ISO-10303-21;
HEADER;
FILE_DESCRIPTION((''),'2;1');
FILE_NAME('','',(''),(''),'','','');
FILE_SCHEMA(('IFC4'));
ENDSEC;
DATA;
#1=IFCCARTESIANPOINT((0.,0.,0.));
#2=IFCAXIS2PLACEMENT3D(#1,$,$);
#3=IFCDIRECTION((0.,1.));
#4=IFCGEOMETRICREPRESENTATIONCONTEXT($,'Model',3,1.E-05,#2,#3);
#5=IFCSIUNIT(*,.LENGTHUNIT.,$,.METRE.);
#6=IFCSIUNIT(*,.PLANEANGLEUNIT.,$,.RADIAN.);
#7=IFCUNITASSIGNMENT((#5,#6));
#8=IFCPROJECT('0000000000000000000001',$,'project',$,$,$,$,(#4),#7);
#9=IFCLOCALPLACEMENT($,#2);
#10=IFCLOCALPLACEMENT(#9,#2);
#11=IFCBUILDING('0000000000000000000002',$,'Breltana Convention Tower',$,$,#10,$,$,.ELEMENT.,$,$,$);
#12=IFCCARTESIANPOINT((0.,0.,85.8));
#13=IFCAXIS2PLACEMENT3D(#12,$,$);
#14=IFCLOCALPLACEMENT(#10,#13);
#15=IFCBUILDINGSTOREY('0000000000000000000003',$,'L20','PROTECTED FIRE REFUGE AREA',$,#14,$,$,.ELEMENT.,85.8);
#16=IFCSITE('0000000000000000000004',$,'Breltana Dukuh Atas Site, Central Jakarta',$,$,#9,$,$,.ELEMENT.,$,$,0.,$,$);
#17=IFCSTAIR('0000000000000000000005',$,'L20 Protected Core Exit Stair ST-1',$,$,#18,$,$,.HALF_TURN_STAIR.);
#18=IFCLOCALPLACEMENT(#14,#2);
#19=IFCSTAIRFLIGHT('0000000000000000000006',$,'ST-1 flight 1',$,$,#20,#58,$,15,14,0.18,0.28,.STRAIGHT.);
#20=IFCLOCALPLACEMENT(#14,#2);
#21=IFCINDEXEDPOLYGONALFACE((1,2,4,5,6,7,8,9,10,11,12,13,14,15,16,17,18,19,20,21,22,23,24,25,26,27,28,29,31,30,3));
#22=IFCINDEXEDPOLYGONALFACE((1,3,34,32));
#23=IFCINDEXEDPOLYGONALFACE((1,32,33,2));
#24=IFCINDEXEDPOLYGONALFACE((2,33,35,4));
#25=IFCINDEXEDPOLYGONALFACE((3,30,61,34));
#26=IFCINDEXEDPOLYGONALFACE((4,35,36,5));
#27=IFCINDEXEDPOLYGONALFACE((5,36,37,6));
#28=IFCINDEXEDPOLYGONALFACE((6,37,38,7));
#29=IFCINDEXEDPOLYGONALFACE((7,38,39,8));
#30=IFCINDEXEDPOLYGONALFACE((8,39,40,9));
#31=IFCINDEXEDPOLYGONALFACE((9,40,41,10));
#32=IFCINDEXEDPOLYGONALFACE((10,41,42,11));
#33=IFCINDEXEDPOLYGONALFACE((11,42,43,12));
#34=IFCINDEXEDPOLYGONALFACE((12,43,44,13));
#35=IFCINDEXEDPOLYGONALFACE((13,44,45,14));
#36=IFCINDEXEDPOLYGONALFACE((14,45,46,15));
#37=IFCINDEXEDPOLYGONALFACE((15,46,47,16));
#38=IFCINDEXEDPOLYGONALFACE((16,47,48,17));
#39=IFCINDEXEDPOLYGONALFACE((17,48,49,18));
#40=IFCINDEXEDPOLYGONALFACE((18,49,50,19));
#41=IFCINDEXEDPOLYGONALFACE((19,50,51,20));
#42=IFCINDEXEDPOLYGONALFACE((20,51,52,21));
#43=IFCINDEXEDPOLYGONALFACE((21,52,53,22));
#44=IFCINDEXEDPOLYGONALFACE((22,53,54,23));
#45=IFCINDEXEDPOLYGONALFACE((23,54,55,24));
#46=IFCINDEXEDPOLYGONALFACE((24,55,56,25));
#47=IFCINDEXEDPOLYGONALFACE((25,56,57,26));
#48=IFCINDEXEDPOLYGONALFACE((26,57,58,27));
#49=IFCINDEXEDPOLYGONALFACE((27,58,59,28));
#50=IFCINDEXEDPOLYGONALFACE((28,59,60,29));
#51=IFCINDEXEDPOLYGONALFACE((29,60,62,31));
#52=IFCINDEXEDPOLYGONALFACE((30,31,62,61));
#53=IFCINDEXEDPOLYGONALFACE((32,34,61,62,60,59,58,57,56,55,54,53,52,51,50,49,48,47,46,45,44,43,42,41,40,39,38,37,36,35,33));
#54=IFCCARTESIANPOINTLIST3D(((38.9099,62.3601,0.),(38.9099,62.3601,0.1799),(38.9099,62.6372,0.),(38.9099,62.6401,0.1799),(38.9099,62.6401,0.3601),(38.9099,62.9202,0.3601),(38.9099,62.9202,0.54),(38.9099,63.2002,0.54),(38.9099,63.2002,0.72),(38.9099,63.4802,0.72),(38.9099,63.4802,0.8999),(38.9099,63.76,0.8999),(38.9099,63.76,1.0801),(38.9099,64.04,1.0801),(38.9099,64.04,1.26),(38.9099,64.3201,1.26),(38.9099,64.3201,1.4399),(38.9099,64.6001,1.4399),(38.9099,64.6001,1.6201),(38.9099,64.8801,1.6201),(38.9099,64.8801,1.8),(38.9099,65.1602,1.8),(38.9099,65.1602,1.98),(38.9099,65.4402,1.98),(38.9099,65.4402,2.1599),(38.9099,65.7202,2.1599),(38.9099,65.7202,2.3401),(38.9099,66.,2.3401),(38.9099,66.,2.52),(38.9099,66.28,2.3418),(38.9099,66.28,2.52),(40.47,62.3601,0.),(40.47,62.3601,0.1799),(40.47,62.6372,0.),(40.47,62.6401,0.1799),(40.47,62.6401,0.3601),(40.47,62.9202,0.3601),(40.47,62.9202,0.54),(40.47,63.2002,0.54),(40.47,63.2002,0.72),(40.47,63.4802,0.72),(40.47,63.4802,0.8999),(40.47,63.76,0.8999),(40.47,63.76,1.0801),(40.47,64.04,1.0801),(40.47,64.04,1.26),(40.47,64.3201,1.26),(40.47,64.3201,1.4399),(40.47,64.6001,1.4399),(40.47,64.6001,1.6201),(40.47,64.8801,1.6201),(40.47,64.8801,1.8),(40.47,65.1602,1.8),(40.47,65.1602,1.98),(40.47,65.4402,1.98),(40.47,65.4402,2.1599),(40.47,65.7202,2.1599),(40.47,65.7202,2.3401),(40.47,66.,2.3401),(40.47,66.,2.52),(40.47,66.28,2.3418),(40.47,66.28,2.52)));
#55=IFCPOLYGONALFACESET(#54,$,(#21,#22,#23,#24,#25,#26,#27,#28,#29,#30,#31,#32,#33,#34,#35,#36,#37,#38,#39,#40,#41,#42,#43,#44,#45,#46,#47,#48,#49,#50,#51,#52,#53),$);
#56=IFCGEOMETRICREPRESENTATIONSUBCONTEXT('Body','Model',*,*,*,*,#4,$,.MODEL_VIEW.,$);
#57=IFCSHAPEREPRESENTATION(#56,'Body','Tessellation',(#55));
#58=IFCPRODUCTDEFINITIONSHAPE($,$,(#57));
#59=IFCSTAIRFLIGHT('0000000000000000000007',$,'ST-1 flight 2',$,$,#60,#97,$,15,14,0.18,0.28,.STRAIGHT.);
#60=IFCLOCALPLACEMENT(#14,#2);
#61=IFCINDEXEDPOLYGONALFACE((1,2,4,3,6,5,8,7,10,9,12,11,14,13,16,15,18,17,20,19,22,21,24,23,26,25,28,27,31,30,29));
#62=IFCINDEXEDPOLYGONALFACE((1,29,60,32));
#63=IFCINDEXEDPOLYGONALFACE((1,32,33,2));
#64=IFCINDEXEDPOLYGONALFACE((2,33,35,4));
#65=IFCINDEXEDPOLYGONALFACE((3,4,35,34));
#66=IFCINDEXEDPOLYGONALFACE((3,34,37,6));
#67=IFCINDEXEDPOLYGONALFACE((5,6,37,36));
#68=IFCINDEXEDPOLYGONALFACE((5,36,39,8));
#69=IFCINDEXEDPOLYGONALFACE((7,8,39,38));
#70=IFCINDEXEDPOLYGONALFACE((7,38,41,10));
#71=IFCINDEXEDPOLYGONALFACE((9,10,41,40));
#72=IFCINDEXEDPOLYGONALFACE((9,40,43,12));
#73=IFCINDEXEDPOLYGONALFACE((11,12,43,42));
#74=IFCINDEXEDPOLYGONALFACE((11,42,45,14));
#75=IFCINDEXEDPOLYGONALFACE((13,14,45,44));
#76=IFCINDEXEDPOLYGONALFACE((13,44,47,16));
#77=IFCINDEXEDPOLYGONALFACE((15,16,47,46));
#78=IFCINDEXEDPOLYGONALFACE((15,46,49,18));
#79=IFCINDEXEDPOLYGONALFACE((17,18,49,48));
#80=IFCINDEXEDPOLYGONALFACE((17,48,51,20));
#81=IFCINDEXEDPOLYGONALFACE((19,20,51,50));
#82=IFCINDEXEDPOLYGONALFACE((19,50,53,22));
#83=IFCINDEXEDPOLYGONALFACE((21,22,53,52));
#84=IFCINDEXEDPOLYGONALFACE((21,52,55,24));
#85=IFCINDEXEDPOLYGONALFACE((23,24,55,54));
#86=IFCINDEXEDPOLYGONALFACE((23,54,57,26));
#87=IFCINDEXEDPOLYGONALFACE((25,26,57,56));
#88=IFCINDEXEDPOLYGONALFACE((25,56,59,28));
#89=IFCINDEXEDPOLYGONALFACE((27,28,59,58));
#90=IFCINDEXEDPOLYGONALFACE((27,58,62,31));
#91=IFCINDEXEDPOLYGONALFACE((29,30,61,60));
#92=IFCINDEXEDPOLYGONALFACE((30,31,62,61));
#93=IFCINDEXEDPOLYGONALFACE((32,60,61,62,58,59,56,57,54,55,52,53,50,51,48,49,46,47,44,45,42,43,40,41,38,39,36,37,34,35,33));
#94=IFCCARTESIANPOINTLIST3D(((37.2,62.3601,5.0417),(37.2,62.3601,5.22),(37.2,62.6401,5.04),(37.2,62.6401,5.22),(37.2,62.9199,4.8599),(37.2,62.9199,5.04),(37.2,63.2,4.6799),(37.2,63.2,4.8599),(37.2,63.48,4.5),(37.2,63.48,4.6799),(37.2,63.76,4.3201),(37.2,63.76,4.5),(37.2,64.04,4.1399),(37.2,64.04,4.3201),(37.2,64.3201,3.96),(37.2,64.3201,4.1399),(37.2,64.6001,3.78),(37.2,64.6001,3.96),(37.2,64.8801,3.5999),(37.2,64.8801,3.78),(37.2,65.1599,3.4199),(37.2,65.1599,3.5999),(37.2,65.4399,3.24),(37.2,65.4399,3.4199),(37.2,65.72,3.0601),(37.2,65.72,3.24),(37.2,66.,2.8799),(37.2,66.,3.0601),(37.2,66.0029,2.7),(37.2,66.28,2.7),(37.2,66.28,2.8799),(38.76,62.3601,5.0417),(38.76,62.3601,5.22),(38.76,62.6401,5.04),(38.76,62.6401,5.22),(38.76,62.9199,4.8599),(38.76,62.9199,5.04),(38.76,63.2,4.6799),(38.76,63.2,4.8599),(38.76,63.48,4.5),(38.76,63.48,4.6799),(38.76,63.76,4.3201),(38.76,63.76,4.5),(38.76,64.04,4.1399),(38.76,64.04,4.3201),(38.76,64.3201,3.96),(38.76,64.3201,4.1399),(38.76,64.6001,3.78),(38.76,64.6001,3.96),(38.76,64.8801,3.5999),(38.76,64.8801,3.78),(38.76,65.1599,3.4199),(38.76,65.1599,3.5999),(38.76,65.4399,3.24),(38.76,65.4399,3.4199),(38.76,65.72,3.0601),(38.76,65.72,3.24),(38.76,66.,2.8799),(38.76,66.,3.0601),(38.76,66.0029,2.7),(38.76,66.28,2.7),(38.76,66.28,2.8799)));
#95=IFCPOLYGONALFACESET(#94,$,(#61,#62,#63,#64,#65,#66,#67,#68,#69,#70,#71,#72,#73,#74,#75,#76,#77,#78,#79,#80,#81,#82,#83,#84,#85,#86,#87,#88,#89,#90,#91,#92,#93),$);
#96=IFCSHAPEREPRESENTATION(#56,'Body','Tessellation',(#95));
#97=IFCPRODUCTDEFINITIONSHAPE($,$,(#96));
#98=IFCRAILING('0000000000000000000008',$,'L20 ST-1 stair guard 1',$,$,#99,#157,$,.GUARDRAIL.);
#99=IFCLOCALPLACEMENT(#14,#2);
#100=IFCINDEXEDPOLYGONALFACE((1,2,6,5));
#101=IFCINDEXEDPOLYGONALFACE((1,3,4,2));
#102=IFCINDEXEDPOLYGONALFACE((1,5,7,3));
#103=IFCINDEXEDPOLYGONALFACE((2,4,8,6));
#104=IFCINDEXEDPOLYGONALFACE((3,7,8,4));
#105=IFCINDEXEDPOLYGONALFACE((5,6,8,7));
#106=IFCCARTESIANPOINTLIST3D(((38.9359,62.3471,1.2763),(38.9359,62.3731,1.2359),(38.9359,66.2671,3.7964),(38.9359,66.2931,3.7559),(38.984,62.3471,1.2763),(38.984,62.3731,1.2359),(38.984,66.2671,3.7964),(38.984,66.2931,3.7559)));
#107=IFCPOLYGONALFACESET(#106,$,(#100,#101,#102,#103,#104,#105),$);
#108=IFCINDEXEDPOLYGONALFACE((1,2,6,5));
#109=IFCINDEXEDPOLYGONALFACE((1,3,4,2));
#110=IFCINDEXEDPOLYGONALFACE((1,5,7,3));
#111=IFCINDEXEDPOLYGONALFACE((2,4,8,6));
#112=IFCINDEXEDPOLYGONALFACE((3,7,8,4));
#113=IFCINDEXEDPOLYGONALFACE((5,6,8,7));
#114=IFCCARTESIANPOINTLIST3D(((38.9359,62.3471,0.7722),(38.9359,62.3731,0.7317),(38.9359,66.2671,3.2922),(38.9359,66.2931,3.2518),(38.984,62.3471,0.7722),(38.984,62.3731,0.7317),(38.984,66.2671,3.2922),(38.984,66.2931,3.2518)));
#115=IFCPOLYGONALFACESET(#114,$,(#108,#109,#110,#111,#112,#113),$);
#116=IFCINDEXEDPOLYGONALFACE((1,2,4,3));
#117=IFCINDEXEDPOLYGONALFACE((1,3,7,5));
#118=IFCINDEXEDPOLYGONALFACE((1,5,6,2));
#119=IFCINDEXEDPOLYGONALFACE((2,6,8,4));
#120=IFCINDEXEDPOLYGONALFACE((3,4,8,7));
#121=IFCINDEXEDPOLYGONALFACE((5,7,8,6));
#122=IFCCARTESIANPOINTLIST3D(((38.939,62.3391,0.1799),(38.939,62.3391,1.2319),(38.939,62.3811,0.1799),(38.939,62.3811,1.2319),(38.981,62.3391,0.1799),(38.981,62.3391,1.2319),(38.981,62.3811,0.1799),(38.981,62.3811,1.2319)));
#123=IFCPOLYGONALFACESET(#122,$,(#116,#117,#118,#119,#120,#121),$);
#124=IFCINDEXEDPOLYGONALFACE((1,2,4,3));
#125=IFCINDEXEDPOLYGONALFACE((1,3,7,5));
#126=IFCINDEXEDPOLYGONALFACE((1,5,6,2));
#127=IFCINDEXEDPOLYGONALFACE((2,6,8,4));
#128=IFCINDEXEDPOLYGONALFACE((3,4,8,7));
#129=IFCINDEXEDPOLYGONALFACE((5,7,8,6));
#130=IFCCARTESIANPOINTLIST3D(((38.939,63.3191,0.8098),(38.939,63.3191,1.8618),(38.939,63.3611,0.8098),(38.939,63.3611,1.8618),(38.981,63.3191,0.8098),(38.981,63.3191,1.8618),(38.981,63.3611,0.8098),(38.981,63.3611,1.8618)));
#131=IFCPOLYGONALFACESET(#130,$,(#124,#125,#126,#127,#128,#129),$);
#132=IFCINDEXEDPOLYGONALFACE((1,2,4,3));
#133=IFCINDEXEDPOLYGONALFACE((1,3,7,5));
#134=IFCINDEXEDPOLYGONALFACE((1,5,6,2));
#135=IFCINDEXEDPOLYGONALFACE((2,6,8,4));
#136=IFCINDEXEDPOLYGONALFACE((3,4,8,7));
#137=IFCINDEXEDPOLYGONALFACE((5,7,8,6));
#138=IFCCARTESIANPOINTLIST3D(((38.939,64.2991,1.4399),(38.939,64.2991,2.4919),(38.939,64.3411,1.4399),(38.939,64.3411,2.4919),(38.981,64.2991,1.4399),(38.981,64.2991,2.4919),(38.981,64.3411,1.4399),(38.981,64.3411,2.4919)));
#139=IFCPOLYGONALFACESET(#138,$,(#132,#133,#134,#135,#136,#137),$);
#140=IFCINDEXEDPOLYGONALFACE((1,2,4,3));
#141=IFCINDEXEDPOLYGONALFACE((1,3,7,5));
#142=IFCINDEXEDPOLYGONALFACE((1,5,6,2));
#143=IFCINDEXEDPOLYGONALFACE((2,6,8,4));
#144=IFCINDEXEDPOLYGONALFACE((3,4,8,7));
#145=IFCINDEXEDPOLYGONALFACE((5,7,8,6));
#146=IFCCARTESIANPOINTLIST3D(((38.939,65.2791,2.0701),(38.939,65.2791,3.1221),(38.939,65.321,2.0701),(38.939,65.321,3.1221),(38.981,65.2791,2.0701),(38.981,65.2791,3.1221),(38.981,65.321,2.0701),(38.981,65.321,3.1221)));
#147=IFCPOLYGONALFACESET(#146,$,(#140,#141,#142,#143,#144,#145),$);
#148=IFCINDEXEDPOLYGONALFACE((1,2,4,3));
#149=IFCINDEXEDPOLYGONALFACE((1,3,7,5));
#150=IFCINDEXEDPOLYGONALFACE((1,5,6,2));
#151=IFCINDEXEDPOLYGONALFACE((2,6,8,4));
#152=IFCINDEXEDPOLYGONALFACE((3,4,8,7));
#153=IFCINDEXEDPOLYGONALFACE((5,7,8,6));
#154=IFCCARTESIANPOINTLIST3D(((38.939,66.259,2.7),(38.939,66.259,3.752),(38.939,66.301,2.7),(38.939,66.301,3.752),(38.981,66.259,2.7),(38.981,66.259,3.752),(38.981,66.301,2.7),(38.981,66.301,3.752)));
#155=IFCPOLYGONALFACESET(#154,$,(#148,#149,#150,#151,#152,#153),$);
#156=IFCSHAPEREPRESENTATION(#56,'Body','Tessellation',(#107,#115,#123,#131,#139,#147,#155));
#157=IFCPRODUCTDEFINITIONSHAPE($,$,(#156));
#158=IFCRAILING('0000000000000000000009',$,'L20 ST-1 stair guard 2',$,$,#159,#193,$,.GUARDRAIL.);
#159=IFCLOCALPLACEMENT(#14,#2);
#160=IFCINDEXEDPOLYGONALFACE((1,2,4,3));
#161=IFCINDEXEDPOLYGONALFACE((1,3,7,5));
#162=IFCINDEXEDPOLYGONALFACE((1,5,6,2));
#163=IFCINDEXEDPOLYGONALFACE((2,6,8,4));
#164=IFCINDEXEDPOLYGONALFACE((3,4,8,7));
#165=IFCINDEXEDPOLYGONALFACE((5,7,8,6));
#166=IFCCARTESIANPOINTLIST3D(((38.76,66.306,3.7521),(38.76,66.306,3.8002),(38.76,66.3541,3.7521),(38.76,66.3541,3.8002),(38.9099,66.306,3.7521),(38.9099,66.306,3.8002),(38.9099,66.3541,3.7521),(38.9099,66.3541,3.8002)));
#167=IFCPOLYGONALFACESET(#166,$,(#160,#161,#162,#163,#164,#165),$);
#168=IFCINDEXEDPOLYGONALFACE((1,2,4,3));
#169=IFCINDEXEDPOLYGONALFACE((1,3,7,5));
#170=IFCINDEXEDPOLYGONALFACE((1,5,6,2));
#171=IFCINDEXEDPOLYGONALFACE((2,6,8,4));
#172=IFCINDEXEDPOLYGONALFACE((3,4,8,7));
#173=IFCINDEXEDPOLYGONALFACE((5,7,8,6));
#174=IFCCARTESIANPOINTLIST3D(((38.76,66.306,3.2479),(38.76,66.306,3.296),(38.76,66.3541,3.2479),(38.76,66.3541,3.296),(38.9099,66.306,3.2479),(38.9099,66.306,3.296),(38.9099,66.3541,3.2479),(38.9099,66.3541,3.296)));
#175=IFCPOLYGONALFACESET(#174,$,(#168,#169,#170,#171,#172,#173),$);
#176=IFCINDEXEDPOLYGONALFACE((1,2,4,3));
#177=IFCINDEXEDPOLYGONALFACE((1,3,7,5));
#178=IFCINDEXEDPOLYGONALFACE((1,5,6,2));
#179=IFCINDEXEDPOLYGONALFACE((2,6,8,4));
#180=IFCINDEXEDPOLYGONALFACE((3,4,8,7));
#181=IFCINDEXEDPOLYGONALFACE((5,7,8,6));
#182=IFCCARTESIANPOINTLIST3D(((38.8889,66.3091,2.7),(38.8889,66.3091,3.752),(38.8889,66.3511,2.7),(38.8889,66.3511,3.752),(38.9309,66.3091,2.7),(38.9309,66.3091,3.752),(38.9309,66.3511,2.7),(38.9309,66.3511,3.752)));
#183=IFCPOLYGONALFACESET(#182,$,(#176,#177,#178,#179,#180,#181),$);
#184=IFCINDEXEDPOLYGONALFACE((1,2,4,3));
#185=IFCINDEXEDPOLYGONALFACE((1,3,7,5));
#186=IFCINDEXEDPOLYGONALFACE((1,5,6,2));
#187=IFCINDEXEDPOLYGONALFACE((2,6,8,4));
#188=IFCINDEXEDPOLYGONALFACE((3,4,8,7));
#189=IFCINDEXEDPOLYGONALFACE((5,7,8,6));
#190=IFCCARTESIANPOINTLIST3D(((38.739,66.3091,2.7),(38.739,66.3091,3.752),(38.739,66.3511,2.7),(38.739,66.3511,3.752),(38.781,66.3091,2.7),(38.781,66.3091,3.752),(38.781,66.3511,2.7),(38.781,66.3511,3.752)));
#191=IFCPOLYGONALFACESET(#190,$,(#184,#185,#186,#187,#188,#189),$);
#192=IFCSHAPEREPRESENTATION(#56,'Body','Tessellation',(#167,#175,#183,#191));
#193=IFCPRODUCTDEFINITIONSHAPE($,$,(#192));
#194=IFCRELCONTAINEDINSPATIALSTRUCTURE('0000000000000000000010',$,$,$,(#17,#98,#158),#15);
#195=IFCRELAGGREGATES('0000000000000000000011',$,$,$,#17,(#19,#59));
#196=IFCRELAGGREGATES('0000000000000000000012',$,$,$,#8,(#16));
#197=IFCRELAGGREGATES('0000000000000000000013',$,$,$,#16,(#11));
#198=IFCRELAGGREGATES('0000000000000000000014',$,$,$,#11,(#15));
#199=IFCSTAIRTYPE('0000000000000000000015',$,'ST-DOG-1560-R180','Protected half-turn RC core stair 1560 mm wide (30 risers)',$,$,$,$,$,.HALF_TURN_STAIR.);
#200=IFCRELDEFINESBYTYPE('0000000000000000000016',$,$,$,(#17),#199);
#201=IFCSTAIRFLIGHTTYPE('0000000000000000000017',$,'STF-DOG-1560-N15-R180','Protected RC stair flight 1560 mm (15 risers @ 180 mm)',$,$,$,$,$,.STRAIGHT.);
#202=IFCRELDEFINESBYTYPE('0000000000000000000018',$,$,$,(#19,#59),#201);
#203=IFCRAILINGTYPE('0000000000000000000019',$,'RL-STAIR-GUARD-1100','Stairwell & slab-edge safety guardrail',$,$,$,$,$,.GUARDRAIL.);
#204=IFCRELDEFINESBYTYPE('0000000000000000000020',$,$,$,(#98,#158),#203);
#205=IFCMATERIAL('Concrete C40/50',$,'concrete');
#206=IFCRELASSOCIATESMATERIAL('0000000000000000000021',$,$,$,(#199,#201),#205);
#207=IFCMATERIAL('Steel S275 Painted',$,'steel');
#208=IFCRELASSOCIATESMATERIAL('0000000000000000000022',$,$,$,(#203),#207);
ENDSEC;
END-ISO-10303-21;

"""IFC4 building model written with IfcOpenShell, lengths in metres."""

from ifc_helpers import new_model, si_unit, direction, frame, origin, origin_2d, place, context, subcontext, project, spatial, polyline, rectangle, outline, extrude, material, type_object, element, aggregate, save


model = new_model("IFC4")

# Units and contexts
model_context = context("Model", 3, precision=1e-05, world=origin(), true_north=direction((0.0, 1.0)))
body_context = subcontext(model_context, "Body", "Model", "MODEL_VIEW")
ifc_project = project(units=[si_unit("LENGTHUNIT", "METRE"), si_unit("PLANEANGLEUNIT", "RADIAN")], contexts=[model_context])

# Site, building, storey
site_placement = place(None, origin())
site = spatial("IfcSite", under=ifc_project, at=site_placement, Name="Breltana Dukuh Atas Site, Central Jakarta", CompositionType="ELEMENT", RefElevation=0.0)
building_placement = place(site_placement, origin())
building = spatial("IfcBuilding", under=site, at=building_placement, Name="Breltana Convention Tower", CompositionType="ELEMENT")
storey_placement = place(building_placement, frame((0.0, 0.0, 85.8)))
storey = spatial("IfcBuildingStorey", under=building, at=storey_placement, Name="L20", Description="PROTECTED FIRE REFUGE AREA", CompositionType="ELEMENT", Elevation=85.8)

# Stair, stair flights
ifc_material_1 = material(Name="Concrete C40/50", Category="concrete")
stair_type = type_object("IfcStairType", Name="ST-DOG-1560-R180", Description="Protected half-turn RC core stair 1560 mm wide (30 risers)", PredefinedType="HALF_TURN_STAIR", material=ifc_material_1)
stair_placement = place(storey_placement, origin())
stair = element("IfcStair", 1, at=stair_placement, inside=storey, type_object=stair_type, Name="L20 Protected Core Exit Stair ST-1", PredefinedType="HALF_TURN_STAIR")
stair_flight_type = type_object("IfcStairFlightType", Name="STF-DOG-1560-N15-R180", Description="Protected RC stair flight 1560 mm (15 risers @ 180 mm)", PredefinedType="STRAIGHT", material=ifc_material_1)
stair_flight_1_placement = place(storey_placement, frame((39.6899, 62.3601, 0.0), z_axis=(0.0, 0.0, 1.0), x_axis=(0.0, 1.0, 0.0)))
stair_flight_1 = element("IfcStairFlight", 2, at=stair_flight_1_placement, type_object=stair_flight_type, Name="ST-1 flight 1", NumberOfRisers=15, NumberOfTreads=14, PredefinedType="STRAIGHT", RiserHeight=0.18, TreadLength=0.28, context=body_context, shape_type="SweptSolid", body=[
    extrude(outline(polyline([(0.0, 0.0), (0.0, 0.1799), (0.28, 0.1799), (0.28, 0.3601), (0.5601, 0.3601), (0.5601, 0.54), (0.8401, 0.54), (0.8401, 0.72), (1.1201, 0.72), (1.1201, 0.8999), (1.3999, 0.8999), (1.3999, 1.0801), (1.6799, 1.0801), (1.6799, 1.26), (1.96, 1.26), (1.96, 1.4399), (2.24, 1.4399), (2.24, 1.6201), (2.52, 1.6201), (2.52, 1.8), (2.8, 1.8), (2.8, 1.98), (3.0801, 1.98), (3.0801, 2.1599), (3.3601, 2.1599), (3.3601, 2.3401), (3.6399, 2.3401), (3.6399, 2.52), (3.9199, 2.52), (3.9199, 2.7), (3.9199, 2.3418), (0.2771, 0.0), (0.0, 0.0)])), frame((0.0, 0.78, 0.0), z_axis=(0.0, -1.0, 0.0), x_axis=(1.0, 0.0, 0.0)), (0.0, 0.0, 1.0), 1.5601),
])
stair_flight_2_placement = place(storey_placement, frame((37.98, 66.28, 2.7), z_axis=(0.0, 0.0, 1.0), x_axis=(0.0, -1.0, 0.0)))
stair_flight_2 = element("IfcStairFlight", 3, at=stair_flight_2_placement, type_object=stair_flight_type, Name="ST-1 flight 2", NumberOfRisers=15, NumberOfTreads=14, PredefinedType="STRAIGHT", RiserHeight=0.18, TreadLength=0.28, context=body_context, shape_type="SweptSolid", body=[
    extrude(outline(polyline([(0.0, 0.0), (0.0, 0.1799), (0.28, 0.1799), (0.28, 0.3601), (0.5601, 0.3601), (0.5601, 0.54), (0.8401, 0.54), (0.8401, 0.72), (1.1201, 0.72), (1.1201, 0.8999), (1.3999, 0.8999), (1.3999, 1.0801), (1.6799, 1.0801), (1.6799, 1.26), (1.96, 1.26), (1.96, 1.4399), (2.24, 1.4399), (2.24, 1.6201), (2.52, 1.6201), (2.52, 1.8), (2.8, 1.8), (2.8, 1.98), (3.0801, 1.98), (3.0801, 2.1599), (3.3601, 2.1599), (3.3601, 2.3401), (3.6399, 2.3401), (3.6399, 2.52), (3.9199, 2.52), (3.9199, 2.7), (3.9199, 2.3418), (0.2771, 0.0), (0.0, 0.0)])), frame((0.0, 0.78, 0.0), z_axis=(0.0, -1.0, 0.0), x_axis=(1.0, 0.0, 0.0)), (0.0, 0.0, 1.0), 1.5601),
])
aggregate(stair, [stair_flight_1, stair_flight_2])

# Railings
ifc_material_2 = material(Name="Steel S275 Painted", Category="steel")
railing_type_1 = type_object("IfcRailingType", Name="RL-STAIR-GUARD-1100", Description="Stairwell & slab-edge safety guardrail", PredefinedType="GUARDRAIL", material=ifc_material_2)
railing_1_placement = place(storey_placement, frame((38.96, 62.3601, 0.1799)))
element("IfcRailing", 4, at=railing_1_placement, inside=storey, type_object=railing_type_1, Name="L20 ST-1 stair guard 1", PredefinedType="GUARDRAIL", context=body_context, shape_type="SweptSolid", body=[
    extrude(rectangle(XDim=0.0481, YDim=0.0481, at=origin_2d()), frame((0.0, 0.0, 1.0762), z_axis=(0.0, 0.841172, 0.540768), x_axis=(-1.0, 0.0, 0.0)), (0.0, 0.0, 1.0), 4.6602),
    extrude(rectangle(XDim=0.0481, YDim=0.0481, at=origin_2d()), frame((0.0, 0.0, 0.572), z_axis=(0.0, 0.841172, 0.540768), x_axis=(-1.0, 0.0, 0.0)), (0.0, 0.0, 1.0), 4.6602),
    extrude(rectangle(XDim=0.042, YDim=0.042, at=origin_2d()), origin(), (0.0, 0.0, 1.0), 1.052),
    extrude(rectangle(XDim=0.042, YDim=0.042, at=origin_2d()), frame((0.0, 0.98, 0.6299)), (0.0, 0.0, 1.0), 1.052),
    extrude(rectangle(XDim=0.042, YDim=0.042, at=origin_2d()), frame((0.0, 1.96, 1.26)), (0.0, 0.0, 1.0), 1.052),
    extrude(rectangle(XDim=0.042, YDim=0.042, at=origin_2d()), frame((0.0, 2.9399, 1.8901)), (0.0, 0.0, 1.0), 1.052),
    extrude(rectangle(XDim=0.042, YDim=0.042, at=origin_2d()), frame((0.0, 3.9199, 2.52)), (0.0, 0.0, 1.0), 1.052),
])
railing_2_placement = place(storey_placement, frame((38.9099, 66.3301, 2.7)))
element("IfcRailing", 5, at=railing_2_placement, inside=storey, type_object=railing_type_1, Name="L20 ST-1 stair guard 2", PredefinedType="GUARDRAIL", context=body_context, shape_type="SweptSolid", body=[
    extrude(rectangle(XDim=0.0481, YDim=0.0481, at=origin_2d()), frame((0.0, 0.0, 1.0762), z_axis=(-1.0, 0.0, 0.0), x_axis=(0.0, -1.0, 0.0)), (0.0, 0.0, 1.0), 0.1499),
    extrude(rectangle(XDim=0.0481, YDim=0.0481, at=origin_2d()), frame((0.0, 0.0, 0.572), z_axis=(-1.0, 0.0, 0.0), x_axis=(0.0, -1.0, 0.0)), (0.0, 0.0, 1.0), 0.1499),
    extrude(rectangle(XDim=0.042, YDim=0.042, at=origin_2d()), origin(), (0.0, 0.0, 1.0), 1.052),
    extrude(rectangle(XDim=0.042, YDim=0.042, at=origin_2d()), frame((-0.1499, 0.0, 0.0)), (0.0, 0.0, 1.0), 1.052),
])

save(model, "model.ifc")
